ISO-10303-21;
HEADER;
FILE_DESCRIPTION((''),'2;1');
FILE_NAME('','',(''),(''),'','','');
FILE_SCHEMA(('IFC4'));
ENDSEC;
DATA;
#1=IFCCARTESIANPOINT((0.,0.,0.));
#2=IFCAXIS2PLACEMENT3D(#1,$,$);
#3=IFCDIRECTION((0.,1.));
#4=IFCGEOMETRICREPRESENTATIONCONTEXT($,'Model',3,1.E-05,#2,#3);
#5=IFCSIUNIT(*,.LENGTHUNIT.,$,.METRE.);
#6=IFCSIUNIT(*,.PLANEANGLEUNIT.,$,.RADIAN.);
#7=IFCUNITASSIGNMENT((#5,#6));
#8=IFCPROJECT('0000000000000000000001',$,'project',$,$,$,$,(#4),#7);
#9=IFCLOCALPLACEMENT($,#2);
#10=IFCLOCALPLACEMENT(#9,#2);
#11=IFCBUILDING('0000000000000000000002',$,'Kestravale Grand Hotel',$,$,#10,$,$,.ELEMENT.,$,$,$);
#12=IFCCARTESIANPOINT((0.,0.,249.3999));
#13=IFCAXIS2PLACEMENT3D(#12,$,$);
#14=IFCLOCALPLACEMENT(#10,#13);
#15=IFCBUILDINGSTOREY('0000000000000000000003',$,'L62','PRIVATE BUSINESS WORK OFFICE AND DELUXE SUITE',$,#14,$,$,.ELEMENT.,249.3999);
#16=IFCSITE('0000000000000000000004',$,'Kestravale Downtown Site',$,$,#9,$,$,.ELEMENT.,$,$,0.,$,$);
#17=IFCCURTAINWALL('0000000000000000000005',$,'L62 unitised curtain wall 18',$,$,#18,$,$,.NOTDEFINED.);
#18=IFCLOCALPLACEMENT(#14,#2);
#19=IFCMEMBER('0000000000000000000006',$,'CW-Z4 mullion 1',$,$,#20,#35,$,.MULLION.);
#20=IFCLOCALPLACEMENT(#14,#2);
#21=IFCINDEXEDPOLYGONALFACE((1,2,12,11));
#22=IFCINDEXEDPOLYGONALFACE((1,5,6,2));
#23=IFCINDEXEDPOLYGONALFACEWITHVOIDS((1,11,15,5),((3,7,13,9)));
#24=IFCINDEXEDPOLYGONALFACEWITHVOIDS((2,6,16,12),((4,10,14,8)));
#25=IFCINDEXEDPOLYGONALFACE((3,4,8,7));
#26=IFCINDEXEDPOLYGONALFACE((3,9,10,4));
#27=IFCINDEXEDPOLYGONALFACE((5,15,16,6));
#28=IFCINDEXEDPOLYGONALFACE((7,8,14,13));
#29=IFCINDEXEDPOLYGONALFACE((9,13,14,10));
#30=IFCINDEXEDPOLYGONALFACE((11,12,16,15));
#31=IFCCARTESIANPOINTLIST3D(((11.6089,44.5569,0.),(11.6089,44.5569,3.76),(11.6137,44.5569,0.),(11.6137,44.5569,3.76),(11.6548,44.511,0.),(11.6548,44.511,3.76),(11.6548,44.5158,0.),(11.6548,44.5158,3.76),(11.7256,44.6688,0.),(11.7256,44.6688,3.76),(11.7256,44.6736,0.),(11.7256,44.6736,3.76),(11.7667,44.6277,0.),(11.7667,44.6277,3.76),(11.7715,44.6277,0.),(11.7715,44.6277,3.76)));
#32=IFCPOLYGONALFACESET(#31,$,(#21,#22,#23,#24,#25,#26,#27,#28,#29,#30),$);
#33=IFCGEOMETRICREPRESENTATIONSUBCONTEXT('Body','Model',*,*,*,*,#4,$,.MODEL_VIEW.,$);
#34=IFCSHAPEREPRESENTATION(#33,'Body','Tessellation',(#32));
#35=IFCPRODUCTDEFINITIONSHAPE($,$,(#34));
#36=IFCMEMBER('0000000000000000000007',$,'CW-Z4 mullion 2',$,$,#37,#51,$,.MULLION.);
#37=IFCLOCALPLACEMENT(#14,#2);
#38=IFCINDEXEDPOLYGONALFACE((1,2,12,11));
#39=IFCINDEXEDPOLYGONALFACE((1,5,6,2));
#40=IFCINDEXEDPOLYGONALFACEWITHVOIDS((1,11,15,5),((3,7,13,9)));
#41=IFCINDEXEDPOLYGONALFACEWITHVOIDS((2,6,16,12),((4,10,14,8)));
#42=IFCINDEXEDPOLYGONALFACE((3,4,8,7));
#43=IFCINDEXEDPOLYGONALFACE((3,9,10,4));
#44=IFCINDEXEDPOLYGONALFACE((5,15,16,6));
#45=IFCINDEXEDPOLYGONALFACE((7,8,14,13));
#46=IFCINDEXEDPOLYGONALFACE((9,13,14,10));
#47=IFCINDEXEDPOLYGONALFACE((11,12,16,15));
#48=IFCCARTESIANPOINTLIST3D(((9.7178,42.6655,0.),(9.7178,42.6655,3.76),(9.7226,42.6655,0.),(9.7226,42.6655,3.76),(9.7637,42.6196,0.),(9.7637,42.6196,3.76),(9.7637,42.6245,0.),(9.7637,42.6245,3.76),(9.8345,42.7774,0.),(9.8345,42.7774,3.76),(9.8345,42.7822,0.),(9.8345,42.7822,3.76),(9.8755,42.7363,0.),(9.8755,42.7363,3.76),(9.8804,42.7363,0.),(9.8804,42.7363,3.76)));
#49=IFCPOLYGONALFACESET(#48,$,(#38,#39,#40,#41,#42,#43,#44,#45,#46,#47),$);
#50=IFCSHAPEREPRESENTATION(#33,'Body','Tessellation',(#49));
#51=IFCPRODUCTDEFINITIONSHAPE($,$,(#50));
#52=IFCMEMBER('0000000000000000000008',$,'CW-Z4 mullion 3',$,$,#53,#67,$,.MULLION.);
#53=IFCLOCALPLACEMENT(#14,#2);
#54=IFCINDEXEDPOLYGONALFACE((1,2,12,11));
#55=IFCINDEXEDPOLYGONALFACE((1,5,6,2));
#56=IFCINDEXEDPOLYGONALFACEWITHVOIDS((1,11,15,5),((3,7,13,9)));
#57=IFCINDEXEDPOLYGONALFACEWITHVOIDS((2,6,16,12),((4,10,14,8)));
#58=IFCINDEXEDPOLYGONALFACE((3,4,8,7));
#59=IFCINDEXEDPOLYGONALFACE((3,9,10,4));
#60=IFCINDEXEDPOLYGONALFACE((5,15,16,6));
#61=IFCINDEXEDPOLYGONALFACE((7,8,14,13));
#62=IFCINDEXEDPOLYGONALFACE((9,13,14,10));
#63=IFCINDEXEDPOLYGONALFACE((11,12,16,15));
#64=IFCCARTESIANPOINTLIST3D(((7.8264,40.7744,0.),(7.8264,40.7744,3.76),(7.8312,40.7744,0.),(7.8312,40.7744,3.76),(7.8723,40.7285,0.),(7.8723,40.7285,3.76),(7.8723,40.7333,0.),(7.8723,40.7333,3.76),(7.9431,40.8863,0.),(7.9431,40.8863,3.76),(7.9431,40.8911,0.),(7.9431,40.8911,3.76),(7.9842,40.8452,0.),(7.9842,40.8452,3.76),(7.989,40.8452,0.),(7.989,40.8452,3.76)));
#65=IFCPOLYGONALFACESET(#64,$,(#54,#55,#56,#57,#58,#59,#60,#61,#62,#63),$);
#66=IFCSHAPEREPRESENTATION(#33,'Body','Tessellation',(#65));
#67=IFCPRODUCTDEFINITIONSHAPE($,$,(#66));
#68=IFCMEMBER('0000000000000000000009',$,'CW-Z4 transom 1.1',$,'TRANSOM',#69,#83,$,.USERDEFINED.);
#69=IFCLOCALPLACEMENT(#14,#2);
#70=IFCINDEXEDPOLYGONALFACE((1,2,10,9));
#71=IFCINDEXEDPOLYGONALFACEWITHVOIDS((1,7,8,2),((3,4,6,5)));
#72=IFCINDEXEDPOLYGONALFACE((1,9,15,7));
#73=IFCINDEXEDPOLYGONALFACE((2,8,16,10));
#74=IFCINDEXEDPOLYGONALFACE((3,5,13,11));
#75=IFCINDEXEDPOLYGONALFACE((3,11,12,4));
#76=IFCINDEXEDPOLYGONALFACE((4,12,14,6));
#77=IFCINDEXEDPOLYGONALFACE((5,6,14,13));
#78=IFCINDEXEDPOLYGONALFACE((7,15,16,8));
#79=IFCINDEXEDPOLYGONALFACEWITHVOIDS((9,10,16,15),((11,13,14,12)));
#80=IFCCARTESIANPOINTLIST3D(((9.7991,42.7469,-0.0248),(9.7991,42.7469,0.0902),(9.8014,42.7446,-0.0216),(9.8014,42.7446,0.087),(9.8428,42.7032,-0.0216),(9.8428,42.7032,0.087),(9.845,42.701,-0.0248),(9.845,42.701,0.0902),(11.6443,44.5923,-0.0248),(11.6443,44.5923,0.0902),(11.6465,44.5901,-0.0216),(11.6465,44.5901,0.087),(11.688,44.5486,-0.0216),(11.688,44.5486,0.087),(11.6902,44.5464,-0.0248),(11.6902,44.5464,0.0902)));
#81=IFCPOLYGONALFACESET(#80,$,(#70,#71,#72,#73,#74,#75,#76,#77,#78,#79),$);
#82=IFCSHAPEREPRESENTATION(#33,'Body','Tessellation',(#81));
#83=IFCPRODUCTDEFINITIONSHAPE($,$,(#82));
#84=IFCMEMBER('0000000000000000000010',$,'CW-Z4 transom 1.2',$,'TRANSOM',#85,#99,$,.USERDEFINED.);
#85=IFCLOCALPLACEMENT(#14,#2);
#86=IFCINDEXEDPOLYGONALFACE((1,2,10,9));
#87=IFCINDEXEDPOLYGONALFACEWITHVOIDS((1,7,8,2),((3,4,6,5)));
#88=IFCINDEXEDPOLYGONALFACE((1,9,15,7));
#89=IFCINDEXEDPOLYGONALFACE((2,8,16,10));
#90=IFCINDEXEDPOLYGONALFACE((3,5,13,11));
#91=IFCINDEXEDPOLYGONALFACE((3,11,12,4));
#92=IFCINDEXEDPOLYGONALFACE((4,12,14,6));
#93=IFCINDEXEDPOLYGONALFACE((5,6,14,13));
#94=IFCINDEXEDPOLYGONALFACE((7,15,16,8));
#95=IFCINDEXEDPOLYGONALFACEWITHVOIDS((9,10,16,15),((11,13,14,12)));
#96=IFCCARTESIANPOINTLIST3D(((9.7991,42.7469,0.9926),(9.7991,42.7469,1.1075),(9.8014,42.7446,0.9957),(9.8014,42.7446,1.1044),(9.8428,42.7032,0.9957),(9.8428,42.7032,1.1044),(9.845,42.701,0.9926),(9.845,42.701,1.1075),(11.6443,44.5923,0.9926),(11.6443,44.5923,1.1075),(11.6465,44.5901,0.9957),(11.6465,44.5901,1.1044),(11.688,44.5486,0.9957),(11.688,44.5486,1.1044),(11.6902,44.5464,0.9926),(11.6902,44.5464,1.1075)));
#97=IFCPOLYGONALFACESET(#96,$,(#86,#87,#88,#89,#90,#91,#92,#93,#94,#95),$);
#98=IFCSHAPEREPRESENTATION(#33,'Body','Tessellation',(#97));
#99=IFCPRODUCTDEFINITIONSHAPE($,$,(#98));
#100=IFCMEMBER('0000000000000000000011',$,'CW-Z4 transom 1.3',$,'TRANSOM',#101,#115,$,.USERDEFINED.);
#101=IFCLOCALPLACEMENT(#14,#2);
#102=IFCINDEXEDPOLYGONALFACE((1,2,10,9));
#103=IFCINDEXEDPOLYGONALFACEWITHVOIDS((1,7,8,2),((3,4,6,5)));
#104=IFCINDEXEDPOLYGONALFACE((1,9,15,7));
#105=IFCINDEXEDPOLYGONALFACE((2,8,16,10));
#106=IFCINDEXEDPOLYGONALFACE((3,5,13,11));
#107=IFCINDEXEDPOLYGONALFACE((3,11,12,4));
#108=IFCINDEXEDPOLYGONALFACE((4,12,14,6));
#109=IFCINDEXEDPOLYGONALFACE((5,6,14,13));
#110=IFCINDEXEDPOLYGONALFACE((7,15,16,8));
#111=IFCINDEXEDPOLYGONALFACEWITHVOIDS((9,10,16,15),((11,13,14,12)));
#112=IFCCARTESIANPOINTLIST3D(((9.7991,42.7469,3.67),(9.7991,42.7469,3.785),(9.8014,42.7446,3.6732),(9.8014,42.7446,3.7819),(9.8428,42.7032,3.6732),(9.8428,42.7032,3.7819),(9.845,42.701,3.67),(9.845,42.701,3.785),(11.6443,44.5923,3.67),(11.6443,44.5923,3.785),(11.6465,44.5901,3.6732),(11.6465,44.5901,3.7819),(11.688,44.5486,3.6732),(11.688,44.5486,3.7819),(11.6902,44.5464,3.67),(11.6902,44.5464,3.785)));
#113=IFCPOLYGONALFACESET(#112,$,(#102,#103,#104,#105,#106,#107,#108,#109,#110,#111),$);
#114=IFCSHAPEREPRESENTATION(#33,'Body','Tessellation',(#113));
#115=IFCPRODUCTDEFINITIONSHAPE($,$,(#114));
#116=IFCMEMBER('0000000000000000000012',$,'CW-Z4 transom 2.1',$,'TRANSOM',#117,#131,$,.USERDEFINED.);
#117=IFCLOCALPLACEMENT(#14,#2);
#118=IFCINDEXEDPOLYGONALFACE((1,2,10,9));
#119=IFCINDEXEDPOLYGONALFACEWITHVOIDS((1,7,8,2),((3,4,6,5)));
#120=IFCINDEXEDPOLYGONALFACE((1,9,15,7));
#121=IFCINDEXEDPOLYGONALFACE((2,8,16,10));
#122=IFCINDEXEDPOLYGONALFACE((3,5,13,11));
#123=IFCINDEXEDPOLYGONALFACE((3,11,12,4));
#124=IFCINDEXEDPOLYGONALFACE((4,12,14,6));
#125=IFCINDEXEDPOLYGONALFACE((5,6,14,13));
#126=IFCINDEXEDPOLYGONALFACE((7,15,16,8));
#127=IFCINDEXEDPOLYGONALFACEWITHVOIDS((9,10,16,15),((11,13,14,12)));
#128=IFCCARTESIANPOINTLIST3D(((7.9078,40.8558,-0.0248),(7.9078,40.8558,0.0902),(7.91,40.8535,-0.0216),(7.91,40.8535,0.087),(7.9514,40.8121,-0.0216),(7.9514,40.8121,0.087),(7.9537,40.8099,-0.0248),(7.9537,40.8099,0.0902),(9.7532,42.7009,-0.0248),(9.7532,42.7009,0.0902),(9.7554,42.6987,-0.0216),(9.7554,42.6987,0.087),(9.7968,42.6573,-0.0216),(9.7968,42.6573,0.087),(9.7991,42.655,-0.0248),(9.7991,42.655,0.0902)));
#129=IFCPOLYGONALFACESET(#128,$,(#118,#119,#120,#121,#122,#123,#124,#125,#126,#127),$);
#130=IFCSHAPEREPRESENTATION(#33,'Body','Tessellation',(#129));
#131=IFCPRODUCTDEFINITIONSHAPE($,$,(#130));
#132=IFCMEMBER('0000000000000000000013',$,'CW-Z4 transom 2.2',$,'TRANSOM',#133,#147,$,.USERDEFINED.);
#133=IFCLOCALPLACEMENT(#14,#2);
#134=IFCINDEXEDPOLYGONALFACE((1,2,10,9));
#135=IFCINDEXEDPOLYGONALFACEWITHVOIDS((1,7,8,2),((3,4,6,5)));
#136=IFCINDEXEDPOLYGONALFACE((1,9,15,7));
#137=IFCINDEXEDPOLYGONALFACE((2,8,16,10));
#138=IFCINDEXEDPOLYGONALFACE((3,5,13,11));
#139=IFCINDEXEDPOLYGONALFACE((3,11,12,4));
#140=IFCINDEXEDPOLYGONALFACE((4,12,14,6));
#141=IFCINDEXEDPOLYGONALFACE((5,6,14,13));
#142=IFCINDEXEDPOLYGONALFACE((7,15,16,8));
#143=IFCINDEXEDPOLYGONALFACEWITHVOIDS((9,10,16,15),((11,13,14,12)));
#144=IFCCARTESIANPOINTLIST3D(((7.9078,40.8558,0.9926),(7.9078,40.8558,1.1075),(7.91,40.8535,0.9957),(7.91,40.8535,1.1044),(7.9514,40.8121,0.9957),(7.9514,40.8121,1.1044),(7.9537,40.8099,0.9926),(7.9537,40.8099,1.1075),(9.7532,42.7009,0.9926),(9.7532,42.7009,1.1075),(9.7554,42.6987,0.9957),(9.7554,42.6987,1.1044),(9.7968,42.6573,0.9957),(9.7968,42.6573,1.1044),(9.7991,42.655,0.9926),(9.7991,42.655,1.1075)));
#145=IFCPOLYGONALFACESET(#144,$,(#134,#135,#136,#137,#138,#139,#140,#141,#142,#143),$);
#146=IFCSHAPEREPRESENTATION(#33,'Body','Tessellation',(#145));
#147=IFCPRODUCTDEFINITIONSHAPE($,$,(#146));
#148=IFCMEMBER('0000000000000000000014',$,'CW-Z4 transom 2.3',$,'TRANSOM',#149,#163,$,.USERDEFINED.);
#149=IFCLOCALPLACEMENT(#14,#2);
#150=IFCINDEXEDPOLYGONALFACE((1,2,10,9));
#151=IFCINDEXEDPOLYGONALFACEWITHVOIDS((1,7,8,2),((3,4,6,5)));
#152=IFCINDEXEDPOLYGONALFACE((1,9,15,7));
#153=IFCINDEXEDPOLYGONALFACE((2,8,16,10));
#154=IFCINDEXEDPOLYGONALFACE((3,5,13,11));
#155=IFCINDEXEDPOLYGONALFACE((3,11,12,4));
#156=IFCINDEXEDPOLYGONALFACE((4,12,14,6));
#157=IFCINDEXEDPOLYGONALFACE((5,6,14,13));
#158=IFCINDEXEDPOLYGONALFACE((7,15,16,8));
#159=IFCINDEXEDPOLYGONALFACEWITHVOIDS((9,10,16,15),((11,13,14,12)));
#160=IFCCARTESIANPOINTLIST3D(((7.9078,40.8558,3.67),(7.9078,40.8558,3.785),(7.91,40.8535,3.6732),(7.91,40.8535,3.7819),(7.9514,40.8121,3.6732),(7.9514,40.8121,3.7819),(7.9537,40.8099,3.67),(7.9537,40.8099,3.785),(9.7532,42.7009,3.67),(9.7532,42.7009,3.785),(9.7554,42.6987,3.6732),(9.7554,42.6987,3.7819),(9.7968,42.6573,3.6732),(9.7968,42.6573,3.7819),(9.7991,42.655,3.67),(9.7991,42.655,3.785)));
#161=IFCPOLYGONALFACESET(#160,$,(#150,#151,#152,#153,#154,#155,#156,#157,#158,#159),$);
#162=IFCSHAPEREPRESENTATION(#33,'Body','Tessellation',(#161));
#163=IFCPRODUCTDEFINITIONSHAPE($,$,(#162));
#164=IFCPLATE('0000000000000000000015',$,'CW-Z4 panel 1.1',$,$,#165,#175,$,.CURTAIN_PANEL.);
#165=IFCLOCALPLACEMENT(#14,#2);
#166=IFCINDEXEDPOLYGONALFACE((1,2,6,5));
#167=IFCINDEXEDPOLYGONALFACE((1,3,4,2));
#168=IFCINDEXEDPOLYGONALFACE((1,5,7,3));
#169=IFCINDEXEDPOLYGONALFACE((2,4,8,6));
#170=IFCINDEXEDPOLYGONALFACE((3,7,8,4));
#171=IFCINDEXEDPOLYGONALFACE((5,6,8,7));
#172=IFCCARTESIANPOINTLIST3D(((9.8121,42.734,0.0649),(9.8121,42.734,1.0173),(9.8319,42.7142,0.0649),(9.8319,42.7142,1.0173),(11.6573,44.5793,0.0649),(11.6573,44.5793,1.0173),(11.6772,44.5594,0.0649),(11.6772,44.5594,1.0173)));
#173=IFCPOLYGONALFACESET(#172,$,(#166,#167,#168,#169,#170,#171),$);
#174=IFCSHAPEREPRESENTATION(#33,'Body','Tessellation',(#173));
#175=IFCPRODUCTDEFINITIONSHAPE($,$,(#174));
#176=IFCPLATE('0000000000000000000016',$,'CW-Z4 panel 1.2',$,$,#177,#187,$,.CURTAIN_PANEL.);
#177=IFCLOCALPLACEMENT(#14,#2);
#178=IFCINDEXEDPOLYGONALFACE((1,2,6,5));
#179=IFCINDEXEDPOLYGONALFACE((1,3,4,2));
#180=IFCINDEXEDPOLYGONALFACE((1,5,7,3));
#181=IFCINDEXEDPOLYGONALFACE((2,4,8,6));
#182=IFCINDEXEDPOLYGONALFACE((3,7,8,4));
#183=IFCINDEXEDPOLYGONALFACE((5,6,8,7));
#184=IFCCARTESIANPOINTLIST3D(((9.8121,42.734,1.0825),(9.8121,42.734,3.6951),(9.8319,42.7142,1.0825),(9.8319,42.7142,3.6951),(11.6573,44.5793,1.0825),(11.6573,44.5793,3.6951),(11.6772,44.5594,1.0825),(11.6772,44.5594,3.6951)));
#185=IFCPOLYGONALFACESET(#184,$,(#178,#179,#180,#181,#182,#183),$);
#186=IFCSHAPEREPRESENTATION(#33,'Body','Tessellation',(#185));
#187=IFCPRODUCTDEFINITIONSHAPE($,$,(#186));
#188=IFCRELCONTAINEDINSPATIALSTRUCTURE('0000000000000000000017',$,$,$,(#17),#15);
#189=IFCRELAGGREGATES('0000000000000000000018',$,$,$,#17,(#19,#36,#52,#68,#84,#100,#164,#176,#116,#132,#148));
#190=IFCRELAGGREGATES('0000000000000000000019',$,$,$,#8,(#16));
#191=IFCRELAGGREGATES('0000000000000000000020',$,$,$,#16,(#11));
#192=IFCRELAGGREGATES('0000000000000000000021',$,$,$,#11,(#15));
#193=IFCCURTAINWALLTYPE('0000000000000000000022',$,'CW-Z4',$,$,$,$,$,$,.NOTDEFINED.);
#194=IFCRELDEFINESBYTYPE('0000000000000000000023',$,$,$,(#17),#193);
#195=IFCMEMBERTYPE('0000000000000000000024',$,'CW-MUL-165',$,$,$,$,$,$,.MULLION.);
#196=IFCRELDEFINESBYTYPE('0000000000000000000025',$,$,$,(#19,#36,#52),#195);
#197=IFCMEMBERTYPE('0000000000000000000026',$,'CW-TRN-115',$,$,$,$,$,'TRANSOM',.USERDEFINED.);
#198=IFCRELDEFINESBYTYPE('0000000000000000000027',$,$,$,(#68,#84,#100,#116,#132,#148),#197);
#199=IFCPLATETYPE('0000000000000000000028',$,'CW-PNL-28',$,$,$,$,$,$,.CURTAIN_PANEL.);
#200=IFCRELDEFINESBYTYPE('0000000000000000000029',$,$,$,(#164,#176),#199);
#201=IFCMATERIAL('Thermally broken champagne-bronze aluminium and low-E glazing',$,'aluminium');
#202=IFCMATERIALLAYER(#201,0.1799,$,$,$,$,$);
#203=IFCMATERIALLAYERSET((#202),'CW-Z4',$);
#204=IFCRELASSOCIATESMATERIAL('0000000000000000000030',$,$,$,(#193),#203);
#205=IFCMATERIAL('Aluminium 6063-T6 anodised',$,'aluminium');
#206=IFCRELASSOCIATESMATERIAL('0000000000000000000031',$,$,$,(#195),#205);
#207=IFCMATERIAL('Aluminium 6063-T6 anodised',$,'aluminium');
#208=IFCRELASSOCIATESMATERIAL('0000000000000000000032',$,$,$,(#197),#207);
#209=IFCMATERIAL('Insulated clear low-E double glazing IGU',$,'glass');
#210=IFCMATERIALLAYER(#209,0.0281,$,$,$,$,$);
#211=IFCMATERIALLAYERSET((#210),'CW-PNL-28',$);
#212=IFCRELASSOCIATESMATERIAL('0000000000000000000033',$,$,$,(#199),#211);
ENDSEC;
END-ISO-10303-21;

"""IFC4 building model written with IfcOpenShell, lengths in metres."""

from ifc_helpers import new_model, si_unit, direction, frame, origin, origin_2d, place, context, subcontext, project, spatial, rectangle, hollow_rectangle, extrude, material, layer, layer_set, material_profile, profile_set, type_object, element, aggregate, save


model = new_model("IFC4")

# Units and contexts
model_context = context("Model", 3, precision=1e-05, world=origin(), true_north=direction((0.0, 1.0)))
body_context = subcontext(model_context, "Body", "Model", "MODEL_VIEW")
ifc_project = project(units=[si_unit("LENGTHUNIT", "METRE"), si_unit("PLANEANGLEUNIT", "RADIAN")], contexts=[model_context])

# Site, building, storey
site_placement = place(None, origin())
site = spatial("IfcSite", under=ifc_project, at=site_placement, Name="Kestravale Downtown Site", CompositionType="ELEMENT", RefElevation=0.0)
building_placement = place(site_placement, origin())
building = spatial("IfcBuilding", under=site, at=building_placement, Name="Kestravale Grand Hotel", CompositionType="ELEMENT")
storey_placement = place(building_placement, frame((0.0, 0.0, 249.3999)))
storey = spatial("IfcBuildingStorey", under=building, at=storey_placement, Name="L62", Description="PRIVATE BUSINESS WORK OFFICE AND DELUXE SUITE", CompositionType="ELEMENT", Elevation=249.3999)

# Curtain wall, members, plates
ifc_material_1 = material(Name="Thermally broken champagne-bronze aluminium and low-E glazing", Category="aluminium")
ifc_layer_1 = layer(ifc_material_1, 0.1799)
ifc_layer_set_1 = layer_set([ifc_layer_1], Name="CW-Z4")
curtain_wall_type = type_object("IfcCurtainWallType", Name="CW-Z4", PredefinedType="NOTDEFINED", material=ifc_layer_set_1)
curtain_wall_placement = place(storey_placement, origin())
curtain_wall = element("IfcCurtainWall", 1, at=curtain_wall_placement, inside=storey, type_object=curtain_wall_type, Name="L62 unitised curtain wall 18", PredefinedType="NOTDEFINED")
ifc_material_2 = material(Name="Aluminium 6063-T6 anodised", Category="aluminium")
ifc_material_profile_1 = material_profile(ifc_material_2, hollow_rectangle(XDim=0.0649, YDim=0.165, WallThickness=0.0034, at=origin_2d()))
ifc_profile_set_1 = profile_set([ifc_material_profile_1], Name="Aluminium 6063-T6 anodised")
member_type_1 = type_object("IfcMemberType", Name="CW-MUL-165", PredefinedType="MULLION", material=ifc_profile_set_1)
member_1_placement = place(storey_placement, frame((11.6902, 44.5923, 0.0), z_axis=(0.0, 0.0, 1.0), x_axis=(0.707107, -0.707107, 0.0)))
member_1 = element("IfcMember", 2, at=member_1_placement, type_object=member_type_1, Name="CW-Z4 mullion 1", PredefinedType="MULLION", context=body_context, shape_type="SweptSolid", body=[
    extrude(hollow_rectangle(XDim=0.0649, YDim=0.165, WallThickness=0.0034, at=origin_2d()), origin(), (0.0, 0.0, 1.0), 3.76),
])
member_2_placement = place(storey_placement, frame((9.7991, 42.7009, 0.0), z_axis=(0.0, 0.0, 1.0), x_axis=(0.707107, -0.707107, 0.0)))
member_2 = element("IfcMember", 3, at=member_2_placement, type_object=member_type_1, Name="CW-Z4 mullion 2", PredefinedType="MULLION", context=body_context, shape_type="SweptSolid", body=[
    extrude(hollow_rectangle(XDim=0.0649, YDim=0.165, WallThickness=0.0034, at=origin_2d()), origin(), (0.0, 0.0, 1.0), 3.76),
])
member_3_placement = place(storey_placement, frame((7.9077, 40.8098, 0.0), z_axis=(0.0, 0.0, 1.0), x_axis=(0.707107, -0.707107, 0.0)))
member_3 = element("IfcMember", 4, at=member_3_placement, type_object=member_type_1, Name="CW-Z4 mullion 3", PredefinedType="MULLION", context=body_context, shape_type="SweptSolid", body=[
    extrude(hollow_rectangle(XDim=0.0649, YDim=0.165, WallThickness=0.0034, at=origin_2d()), origin(), (0.0, 0.0, 1.0), 3.76),
])
ifc_material_3 = material(Name="Aluminium 6063-T6 anodised", Category="aluminium")
ifc_material_profile_2 = material_profile(ifc_material_3, hollow_rectangle(XDim=0.0649, YDim=0.115, WallThickness=0.0032, at=origin_2d()))
ifc_profile_set_2 = profile_set([ifc_material_profile_2], Name="Aluminium 6063-T6 anodised")
member_type_2 = type_object("IfcMemberType", Name="CW-TRN-115", ElementType="TRANSOM", PredefinedType="USERDEFINED", material=ifc_profile_set_2)
member_4_placement = place(storey_placement, frame((11.6672, 44.5693, 0.0327), z_axis=(-0.70706, -0.707154, 0.0), x_axis=(0.707154, -0.70706, 0.0)))
member_4 = element("IfcMember", 5, at=member_4_placement, type_object=member_type_2, Name="CW-Z4 transom 1.1", ObjectType="TRANSOM", PredefinedType="USERDEFINED", context=body_context, shape_type="SweptSolid", body=[
    extrude(hollow_rectangle(XDim=0.0649, YDim=0.115, WallThickness=0.0032, at=origin_2d()), origin(), (0.0, 0.0, 1.0), 2.6096),
])
member_5_placement = place(storey_placement, frame((11.6672, 44.5693, 1.05), z_axis=(-0.70706, -0.707154, 0.0), x_axis=(0.707154, -0.70706, 0.0)))
member_5 = element("IfcMember", 6, at=member_5_placement, type_object=member_type_2, Name="CW-Z4 transom 1.2", ObjectType="TRANSOM", PredefinedType="USERDEFINED", context=body_context, shape_type="SweptSolid", body=[
    extrude(hollow_rectangle(XDim=0.0649, YDim=0.115, WallThickness=0.0032, at=origin_2d()), origin(), (0.0, 0.0, 1.0), 2.6096),
])
member_6_placement = place(storey_placement, frame((11.6672, 44.5693, 3.7275), z_axis=(-0.70706, -0.707154, 0.0), x_axis=(0.707154, -0.70706, 0.0)))
member_6 = element("IfcMember", 7, at=member_6_placement, type_object=member_type_2, Name="CW-Z4 transom 1.3", ObjectType="TRANSOM", PredefinedType="USERDEFINED", context=body_context, shape_type="SweptSolid", body=[
    extrude(hollow_rectangle(XDim=0.0649, YDim=0.115, WallThickness=0.0032, at=origin_2d()), origin(), (0.0, 0.0, 1.0), 2.6096),
])
member_7_placement = place(storey_placement, frame((9.7761, 42.678, 0.0327), z_axis=(-0.707154, -0.70706, 0.0), x_axis=(0.70706, -0.707154, 0.0)))
member_7 = element("IfcMember", 8, at=member_7_placement, type_object=member_type_2, Name="CW-Z4 transom 2.1", ObjectType="TRANSOM", PredefinedType="USERDEFINED", context=body_context, shape_type="SweptSolid", body=[
    extrude(hollow_rectangle(XDim=0.0649, YDim=0.115, WallThickness=0.0032, at=origin_2d()), origin(), (0.0, 0.0, 1.0), 2.6096),
])
member_8_placement = place(storey_placement, frame((9.7761, 42.678, 1.05), z_axis=(-0.707154, -0.70706, 0.0), x_axis=(0.70706, -0.707154, 0.0)))
member_8 = element("IfcMember", 9, at=member_8_placement, type_object=member_type_2, Name="CW-Z4 transom 2.2", ObjectType="TRANSOM", PredefinedType="USERDEFINED", context=body_context, shape_type="SweptSolid", body=[
    extrude(hollow_rectangle(XDim=0.0649, YDim=0.115, WallThickness=0.0032, at=origin_2d()), origin(), (0.0, 0.0, 1.0), 2.6096),
])
member_9_placement = place(storey_placement, frame((9.7761, 42.678, 3.7275), z_axis=(-0.707154, -0.70706, 0.0), x_axis=(0.70706, -0.707154, 0.0)))
member_9 = element("IfcMember", 10, at=member_9_placement, type_object=member_type_2, Name="CW-Z4 transom 2.3", ObjectType="TRANSOM", PredefinedType="USERDEFINED", context=body_context, shape_type="SweptSolid", body=[
    extrude(hollow_rectangle(XDim=0.0649, YDim=0.115, WallThickness=0.0032, at=origin_2d()), origin(), (0.0, 0.0, 1.0), 2.6096),
])
ifc_material_4 = material(Name="Insulated clear low-E double glazing IGU", Category="glass")
ifc_layer_2 = layer(ifc_material_4, 0.0281)
ifc_layer_set_2 = layer_set([ifc_layer_2], Name="CW-PNL-28")
plate_type = type_object("IfcPlateType", Name="CW-PNL-28", PredefinedType="CURTAIN_PANEL", material=ifc_layer_set_2)
plate_1_placement = place(storey_placement, frame((10.7446, 43.6467, 0.0649), z_axis=(0.0, 0.0, 1.0), x_axis=(-0.707107, -0.707107, 0.0)))
plate_1 = element("IfcPlate", 11, at=plate_1_placement, type_object=plate_type, Name="CW-Z4 panel 1.1", PredefinedType="CURTAIN_PANEL", context=body_context, shape_type="SweptSolid", body=[
    extrude(rectangle(XDim=2.6096, YDim=0.0281, at=origin_2d()), origin(), (0.0, 0.0, 1.0), 0.9524),
])
plate_2_placement = place(storey_placement, frame((10.7446, 43.6467, 1.0825), z_axis=(0.0, 0.0, 1.0), x_axis=(-0.707107, -0.707107, 0.0)))
plate_2 = element("IfcPlate", 12, at=plate_2_placement, type_object=plate_type, Name="CW-Z4 panel 1.2", PredefinedType="CURTAIN_PANEL", context=body_context, shape_type="SweptSolid", body=[
    extrude(rectangle(XDim=2.6096, YDim=0.0281, at=origin_2d()), origin(), (0.0, 0.0, 1.0), 2.6125),
])
aggregate(curtain_wall, [member_1, member_2, member_3, member_4, member_5, member_6, plate_1, plate_2, member_7, member_8, member_9])

save(model, "model.ifc")
